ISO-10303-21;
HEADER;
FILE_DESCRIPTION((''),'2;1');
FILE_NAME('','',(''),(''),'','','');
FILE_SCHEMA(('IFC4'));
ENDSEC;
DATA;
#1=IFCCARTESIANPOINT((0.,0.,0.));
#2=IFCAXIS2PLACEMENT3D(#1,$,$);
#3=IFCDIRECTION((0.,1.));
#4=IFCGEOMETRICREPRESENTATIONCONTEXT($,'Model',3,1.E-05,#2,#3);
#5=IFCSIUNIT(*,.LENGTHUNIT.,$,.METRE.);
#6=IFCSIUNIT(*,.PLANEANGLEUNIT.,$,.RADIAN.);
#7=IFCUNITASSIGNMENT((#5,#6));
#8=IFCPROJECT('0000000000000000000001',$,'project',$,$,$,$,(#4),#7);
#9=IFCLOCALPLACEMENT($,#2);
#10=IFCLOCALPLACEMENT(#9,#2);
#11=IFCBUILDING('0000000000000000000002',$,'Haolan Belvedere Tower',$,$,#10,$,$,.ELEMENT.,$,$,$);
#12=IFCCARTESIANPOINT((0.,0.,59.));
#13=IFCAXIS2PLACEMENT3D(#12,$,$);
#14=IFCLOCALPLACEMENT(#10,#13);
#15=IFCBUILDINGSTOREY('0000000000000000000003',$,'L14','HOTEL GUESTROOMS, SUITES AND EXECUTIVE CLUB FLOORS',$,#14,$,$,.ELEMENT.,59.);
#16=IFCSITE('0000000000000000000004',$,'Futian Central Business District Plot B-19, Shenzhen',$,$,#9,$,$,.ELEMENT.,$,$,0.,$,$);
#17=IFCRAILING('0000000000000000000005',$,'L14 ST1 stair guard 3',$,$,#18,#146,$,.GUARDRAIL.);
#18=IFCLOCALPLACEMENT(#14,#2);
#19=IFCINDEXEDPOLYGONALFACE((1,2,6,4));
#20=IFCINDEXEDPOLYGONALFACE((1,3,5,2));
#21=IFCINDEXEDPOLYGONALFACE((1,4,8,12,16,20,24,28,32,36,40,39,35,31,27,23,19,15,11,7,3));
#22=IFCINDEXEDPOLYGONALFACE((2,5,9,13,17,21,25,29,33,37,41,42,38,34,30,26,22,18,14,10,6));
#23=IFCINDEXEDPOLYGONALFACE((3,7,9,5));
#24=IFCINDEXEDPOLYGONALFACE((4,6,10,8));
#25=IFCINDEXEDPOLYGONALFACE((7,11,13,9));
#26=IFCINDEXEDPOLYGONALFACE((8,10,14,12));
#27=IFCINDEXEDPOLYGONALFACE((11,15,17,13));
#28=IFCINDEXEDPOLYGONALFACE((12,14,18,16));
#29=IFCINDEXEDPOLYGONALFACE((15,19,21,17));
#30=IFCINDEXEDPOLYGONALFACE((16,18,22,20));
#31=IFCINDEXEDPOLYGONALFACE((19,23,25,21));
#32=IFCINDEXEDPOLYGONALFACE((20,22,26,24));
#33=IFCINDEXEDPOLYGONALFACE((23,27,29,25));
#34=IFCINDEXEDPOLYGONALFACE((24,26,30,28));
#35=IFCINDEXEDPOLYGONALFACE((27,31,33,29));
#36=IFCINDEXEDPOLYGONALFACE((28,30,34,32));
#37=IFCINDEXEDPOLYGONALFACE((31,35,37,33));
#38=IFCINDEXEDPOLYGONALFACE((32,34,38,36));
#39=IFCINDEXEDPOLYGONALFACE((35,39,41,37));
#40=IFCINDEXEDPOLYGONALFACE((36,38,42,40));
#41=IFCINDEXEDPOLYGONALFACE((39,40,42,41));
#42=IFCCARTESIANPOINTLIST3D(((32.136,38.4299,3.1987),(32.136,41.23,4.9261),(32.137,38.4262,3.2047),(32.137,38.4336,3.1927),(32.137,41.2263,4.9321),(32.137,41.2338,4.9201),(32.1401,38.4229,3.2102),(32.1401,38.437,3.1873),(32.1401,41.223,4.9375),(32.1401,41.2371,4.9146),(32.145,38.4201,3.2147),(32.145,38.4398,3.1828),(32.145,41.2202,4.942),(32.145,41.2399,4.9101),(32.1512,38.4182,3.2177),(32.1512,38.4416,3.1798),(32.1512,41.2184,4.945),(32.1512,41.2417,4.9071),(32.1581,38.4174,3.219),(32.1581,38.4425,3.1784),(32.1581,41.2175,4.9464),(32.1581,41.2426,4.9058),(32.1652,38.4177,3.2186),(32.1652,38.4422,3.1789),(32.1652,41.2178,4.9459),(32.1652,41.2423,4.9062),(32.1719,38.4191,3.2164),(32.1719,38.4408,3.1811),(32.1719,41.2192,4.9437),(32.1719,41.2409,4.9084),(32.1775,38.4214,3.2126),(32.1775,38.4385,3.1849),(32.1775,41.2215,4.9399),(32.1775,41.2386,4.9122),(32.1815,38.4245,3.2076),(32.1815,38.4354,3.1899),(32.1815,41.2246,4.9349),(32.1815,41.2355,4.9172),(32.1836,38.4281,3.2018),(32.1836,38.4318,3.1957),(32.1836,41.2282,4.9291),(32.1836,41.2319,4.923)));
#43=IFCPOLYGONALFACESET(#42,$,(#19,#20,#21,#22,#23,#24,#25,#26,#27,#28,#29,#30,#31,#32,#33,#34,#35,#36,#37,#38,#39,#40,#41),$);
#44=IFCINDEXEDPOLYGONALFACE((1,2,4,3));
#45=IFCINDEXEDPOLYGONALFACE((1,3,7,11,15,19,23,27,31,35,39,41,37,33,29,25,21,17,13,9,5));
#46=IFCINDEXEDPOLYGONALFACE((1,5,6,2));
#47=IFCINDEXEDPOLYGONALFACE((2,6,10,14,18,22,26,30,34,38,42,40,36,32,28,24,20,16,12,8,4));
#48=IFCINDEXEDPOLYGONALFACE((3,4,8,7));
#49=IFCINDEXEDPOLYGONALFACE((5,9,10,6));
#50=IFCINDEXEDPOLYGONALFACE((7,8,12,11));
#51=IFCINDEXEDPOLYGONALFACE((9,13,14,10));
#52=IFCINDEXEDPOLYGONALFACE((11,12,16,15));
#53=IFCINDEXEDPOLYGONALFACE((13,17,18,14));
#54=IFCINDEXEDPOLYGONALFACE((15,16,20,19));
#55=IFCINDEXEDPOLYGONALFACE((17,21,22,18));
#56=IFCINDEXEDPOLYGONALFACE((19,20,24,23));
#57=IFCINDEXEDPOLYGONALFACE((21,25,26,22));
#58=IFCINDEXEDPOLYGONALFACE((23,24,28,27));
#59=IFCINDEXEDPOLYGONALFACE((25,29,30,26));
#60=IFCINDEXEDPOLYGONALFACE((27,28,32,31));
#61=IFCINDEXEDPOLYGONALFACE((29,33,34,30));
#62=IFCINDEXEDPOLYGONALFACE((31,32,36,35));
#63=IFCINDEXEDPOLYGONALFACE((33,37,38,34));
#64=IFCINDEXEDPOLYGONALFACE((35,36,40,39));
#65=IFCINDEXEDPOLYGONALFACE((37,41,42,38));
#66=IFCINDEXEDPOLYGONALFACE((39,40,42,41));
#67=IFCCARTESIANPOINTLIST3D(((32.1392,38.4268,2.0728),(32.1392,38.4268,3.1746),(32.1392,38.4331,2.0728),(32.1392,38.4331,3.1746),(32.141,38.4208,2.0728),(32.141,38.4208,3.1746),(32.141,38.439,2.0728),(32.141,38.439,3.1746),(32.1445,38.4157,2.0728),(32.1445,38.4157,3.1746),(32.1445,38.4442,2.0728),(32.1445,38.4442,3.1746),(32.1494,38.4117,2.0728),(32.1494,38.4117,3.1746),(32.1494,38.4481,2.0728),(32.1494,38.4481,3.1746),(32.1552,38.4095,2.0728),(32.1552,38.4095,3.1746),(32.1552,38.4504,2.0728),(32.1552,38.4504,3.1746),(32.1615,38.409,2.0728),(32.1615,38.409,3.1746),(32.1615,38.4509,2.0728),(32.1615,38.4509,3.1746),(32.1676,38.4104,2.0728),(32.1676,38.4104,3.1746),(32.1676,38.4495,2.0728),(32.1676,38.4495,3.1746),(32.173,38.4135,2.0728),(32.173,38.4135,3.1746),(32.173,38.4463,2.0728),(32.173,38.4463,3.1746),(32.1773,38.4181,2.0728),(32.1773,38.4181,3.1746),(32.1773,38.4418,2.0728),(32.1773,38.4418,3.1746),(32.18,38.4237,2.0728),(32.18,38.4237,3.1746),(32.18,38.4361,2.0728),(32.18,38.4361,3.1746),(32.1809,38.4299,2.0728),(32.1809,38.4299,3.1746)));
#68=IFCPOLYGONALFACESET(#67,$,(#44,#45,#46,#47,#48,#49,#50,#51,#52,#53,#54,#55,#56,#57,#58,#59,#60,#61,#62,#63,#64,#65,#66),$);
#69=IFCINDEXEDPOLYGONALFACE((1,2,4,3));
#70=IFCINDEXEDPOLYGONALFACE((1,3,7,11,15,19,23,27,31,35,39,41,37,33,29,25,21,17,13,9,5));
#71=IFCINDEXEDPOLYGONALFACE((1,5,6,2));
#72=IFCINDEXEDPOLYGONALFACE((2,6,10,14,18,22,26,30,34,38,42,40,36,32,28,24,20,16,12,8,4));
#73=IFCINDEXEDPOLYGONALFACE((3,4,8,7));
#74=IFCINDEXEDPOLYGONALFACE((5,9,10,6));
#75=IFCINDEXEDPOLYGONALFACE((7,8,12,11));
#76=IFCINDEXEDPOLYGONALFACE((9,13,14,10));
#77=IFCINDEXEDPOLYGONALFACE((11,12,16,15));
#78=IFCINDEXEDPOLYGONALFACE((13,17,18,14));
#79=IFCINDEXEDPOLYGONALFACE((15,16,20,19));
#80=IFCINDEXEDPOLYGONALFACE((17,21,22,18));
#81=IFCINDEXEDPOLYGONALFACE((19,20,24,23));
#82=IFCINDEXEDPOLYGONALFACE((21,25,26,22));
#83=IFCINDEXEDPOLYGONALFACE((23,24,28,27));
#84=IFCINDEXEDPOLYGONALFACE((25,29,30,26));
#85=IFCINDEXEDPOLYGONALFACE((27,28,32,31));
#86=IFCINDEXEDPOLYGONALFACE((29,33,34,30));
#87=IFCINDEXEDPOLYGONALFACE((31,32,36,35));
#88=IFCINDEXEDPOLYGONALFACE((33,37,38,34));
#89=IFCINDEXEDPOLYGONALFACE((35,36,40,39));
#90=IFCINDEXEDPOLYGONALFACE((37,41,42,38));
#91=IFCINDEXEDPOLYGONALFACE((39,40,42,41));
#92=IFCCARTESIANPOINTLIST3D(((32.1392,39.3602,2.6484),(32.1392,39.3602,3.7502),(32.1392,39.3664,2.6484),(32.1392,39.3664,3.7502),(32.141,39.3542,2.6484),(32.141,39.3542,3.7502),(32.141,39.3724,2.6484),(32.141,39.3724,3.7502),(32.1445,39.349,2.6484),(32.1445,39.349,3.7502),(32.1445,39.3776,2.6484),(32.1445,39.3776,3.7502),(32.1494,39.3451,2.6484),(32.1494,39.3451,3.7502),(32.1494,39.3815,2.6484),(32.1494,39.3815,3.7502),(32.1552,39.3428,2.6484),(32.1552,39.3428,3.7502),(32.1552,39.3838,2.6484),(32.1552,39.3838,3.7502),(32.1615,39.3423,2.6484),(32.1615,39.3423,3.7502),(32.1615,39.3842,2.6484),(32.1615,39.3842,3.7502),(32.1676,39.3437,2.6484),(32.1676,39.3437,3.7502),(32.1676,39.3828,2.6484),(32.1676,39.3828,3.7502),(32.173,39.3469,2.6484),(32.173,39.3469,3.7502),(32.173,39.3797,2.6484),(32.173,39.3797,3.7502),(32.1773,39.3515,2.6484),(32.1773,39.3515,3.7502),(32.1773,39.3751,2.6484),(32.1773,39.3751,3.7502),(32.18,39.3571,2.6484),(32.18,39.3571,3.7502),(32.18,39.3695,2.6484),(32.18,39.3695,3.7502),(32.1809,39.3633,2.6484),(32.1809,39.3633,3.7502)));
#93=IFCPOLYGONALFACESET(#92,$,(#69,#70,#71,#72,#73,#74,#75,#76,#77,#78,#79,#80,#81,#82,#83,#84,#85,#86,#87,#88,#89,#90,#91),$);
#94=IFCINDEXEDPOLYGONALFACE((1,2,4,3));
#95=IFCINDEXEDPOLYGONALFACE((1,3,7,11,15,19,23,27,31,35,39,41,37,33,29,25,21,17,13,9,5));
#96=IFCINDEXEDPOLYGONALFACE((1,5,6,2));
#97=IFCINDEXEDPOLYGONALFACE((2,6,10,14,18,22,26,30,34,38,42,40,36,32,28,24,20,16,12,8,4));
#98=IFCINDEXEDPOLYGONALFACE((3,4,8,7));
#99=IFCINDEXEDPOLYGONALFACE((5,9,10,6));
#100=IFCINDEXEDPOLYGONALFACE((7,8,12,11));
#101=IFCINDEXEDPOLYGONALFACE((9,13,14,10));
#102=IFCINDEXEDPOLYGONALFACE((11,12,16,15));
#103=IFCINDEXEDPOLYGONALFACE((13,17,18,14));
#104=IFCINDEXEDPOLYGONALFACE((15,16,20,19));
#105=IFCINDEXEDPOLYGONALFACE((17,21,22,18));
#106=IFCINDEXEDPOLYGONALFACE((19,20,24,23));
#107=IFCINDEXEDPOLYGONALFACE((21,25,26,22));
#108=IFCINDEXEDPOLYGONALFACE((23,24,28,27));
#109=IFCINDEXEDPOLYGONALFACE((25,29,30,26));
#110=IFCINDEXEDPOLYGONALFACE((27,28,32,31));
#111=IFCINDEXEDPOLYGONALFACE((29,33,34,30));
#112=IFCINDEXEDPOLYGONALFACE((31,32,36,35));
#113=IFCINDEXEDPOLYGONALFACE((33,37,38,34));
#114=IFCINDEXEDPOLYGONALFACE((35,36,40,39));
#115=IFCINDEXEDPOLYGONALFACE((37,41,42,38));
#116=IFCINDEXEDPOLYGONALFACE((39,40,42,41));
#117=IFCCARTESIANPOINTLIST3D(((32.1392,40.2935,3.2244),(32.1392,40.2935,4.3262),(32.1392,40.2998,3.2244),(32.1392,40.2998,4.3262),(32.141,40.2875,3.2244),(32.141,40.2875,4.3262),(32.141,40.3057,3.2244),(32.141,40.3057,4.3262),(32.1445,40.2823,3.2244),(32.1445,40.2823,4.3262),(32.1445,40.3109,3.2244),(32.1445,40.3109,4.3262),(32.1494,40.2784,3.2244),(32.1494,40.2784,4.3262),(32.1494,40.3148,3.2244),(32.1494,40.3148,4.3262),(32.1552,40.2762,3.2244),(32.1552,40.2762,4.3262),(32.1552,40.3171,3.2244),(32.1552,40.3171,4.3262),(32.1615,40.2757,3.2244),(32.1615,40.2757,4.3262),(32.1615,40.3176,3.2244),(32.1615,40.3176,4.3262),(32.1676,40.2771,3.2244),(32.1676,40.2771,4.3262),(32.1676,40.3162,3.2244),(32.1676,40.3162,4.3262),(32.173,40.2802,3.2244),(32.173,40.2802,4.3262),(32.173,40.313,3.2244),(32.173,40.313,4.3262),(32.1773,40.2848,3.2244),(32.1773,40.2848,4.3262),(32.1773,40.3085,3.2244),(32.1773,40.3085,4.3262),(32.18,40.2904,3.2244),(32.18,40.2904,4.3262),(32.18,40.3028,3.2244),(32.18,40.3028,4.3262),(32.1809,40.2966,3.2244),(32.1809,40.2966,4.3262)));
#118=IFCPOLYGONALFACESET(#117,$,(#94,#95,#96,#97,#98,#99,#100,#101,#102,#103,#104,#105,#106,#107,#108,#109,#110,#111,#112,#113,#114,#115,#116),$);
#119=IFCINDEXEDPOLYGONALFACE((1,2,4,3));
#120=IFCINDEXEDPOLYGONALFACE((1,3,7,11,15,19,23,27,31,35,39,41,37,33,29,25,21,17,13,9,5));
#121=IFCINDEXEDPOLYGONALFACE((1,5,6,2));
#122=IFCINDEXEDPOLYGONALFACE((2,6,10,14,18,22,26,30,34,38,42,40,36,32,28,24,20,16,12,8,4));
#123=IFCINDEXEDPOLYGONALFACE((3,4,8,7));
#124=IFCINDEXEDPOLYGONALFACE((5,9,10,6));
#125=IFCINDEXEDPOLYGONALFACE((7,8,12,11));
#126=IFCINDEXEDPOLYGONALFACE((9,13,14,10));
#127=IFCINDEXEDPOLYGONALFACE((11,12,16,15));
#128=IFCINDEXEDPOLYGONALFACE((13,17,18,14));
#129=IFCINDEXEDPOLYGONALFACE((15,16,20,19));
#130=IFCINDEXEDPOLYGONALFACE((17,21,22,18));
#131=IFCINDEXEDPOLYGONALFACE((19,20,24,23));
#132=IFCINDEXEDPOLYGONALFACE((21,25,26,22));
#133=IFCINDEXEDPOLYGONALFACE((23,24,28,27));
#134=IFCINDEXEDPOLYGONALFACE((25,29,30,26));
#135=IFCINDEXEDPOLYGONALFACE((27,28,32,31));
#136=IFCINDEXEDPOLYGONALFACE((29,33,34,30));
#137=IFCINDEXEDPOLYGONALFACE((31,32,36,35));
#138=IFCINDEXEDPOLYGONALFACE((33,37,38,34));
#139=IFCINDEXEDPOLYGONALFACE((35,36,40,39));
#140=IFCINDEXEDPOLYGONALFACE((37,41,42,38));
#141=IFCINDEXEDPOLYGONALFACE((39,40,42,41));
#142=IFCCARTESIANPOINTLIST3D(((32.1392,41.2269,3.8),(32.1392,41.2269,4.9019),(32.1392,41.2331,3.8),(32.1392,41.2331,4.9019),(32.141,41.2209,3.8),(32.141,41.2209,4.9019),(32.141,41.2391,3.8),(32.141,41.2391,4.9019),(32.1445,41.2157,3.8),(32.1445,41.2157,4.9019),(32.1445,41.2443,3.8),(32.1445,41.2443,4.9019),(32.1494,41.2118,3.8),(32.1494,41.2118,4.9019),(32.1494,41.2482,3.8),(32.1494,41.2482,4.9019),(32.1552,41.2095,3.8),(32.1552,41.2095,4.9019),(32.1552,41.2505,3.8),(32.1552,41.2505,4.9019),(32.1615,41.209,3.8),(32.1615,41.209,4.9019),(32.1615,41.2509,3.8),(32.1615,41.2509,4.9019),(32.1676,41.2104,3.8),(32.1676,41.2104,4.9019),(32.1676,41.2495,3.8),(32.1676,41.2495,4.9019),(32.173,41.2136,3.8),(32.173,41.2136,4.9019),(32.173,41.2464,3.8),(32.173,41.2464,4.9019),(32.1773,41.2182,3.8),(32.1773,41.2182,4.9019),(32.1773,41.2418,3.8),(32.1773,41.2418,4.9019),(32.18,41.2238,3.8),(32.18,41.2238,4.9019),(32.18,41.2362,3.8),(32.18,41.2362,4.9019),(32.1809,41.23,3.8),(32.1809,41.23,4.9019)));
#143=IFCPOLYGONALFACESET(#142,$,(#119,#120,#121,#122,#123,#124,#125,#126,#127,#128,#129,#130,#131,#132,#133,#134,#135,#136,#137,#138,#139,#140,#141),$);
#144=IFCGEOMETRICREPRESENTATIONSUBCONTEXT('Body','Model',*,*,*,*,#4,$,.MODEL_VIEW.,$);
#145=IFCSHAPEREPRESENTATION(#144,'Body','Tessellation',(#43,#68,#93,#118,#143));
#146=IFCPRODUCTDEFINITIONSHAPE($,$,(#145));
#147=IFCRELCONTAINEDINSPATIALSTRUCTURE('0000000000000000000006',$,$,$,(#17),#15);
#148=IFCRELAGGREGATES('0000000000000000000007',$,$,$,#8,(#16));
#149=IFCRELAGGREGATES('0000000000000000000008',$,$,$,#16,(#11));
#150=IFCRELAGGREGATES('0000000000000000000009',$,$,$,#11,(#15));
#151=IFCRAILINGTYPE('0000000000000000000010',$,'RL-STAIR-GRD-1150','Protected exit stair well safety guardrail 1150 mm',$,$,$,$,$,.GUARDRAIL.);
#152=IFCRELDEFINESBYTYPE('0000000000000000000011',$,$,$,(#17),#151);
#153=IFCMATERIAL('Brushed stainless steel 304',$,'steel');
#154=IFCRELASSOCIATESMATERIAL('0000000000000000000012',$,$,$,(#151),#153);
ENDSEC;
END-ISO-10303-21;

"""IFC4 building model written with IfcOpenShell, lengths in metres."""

from ifc_helpers import new_model, si_unit, direction, frame, origin, origin_2d, place, context, subcontext, project, spatial, circle, extrude, material, type_object, element, save


model = new_model("IFC4")

# Units and contexts
model_context = context("Model", 3, precision=1e-05, world=origin(), true_north=direction((0.0, 1.0)))
body_context = subcontext(model_context, "Body", "Model", "MODEL_VIEW")
ifc_project = project(units=[si_unit("LENGTHUNIT", "METRE"), si_unit("PLANEANGLEUNIT", "RADIAN")], contexts=[model_context])

# Site, building, storey
site_placement = place(None, origin())
site = spatial("IfcSite", under=ifc_project, at=site_placement, Name="Futian Central Business District Plot B-19, Shenzhen", CompositionType="ELEMENT", RefElevation=0.0)
building_placement = place(site_placement, origin())
building = spatial("IfcBuilding", under=site, at=building_placement, Name="Haolan Belvedere Tower", CompositionType="ELEMENT")
storey_placement = place(building_placement, frame((0.0, 0.0, 59.0)))
storey = spatial("IfcBuildingStorey", under=building, at=storey_placement, Name="L14", Description="HOTEL GUESTROOMS, SUITES AND EXECUTIVE CLUB FLOORS", CompositionType="ELEMENT", Elevation=59.0)

# Railing
ifc_material_1 = material(Name="Brushed stainless steel 304", Category="steel")
railing_type_1 = type_object("IfcRailingType", Name="RL-STAIR-GRD-1150", Description="Protected exit stair well safety guardrail 1150 mm", PredefinedType="GUARDRAIL", material=ifc_material_1)
railing_1_placement = place(storey_placement, frame((32.1599, 38.4299, 2.0728)))
element("IfcRailing", 1, at=railing_1_placement, inside=storey, type_object=railing_type_1, Name="L14 ST1 stair guard 3", PredefinedType="GUARDRAIL", context=body_context, shape_type="SweptSolid", body=[
    extrude(circle(Radius=0.0239, at=origin_2d()), frame((0.0, 0.0, 1.126), z_axis=(0.0, 0.85109, 0.52502), x_axis=(-1.0, 0.0, 0.0)), (0.0, 0.0, 1.0), 3.29),
    extrude(circle(Radius=0.021, at=origin_2d()), origin(), (0.0, 0.0, 1.0), 1.1018),
    extrude(circle(Radius=0.021, at=origin_2d()), frame((0.0, 0.9333, 0.5757)), (0.0, 0.0, 1.0), 1.1018),
    extrude(circle(Radius=0.021, at=origin_2d()), frame((0.0, 1.8667, 1.1516)), (0.0, 0.0, 1.0), 1.1018),
    extrude(circle(Radius=0.021, at=origin_2d()), frame((0.0, 2.8, 1.7273)), (0.0, 0.0, 1.0), 1.1018),
])

save(model, "model.ifc")
